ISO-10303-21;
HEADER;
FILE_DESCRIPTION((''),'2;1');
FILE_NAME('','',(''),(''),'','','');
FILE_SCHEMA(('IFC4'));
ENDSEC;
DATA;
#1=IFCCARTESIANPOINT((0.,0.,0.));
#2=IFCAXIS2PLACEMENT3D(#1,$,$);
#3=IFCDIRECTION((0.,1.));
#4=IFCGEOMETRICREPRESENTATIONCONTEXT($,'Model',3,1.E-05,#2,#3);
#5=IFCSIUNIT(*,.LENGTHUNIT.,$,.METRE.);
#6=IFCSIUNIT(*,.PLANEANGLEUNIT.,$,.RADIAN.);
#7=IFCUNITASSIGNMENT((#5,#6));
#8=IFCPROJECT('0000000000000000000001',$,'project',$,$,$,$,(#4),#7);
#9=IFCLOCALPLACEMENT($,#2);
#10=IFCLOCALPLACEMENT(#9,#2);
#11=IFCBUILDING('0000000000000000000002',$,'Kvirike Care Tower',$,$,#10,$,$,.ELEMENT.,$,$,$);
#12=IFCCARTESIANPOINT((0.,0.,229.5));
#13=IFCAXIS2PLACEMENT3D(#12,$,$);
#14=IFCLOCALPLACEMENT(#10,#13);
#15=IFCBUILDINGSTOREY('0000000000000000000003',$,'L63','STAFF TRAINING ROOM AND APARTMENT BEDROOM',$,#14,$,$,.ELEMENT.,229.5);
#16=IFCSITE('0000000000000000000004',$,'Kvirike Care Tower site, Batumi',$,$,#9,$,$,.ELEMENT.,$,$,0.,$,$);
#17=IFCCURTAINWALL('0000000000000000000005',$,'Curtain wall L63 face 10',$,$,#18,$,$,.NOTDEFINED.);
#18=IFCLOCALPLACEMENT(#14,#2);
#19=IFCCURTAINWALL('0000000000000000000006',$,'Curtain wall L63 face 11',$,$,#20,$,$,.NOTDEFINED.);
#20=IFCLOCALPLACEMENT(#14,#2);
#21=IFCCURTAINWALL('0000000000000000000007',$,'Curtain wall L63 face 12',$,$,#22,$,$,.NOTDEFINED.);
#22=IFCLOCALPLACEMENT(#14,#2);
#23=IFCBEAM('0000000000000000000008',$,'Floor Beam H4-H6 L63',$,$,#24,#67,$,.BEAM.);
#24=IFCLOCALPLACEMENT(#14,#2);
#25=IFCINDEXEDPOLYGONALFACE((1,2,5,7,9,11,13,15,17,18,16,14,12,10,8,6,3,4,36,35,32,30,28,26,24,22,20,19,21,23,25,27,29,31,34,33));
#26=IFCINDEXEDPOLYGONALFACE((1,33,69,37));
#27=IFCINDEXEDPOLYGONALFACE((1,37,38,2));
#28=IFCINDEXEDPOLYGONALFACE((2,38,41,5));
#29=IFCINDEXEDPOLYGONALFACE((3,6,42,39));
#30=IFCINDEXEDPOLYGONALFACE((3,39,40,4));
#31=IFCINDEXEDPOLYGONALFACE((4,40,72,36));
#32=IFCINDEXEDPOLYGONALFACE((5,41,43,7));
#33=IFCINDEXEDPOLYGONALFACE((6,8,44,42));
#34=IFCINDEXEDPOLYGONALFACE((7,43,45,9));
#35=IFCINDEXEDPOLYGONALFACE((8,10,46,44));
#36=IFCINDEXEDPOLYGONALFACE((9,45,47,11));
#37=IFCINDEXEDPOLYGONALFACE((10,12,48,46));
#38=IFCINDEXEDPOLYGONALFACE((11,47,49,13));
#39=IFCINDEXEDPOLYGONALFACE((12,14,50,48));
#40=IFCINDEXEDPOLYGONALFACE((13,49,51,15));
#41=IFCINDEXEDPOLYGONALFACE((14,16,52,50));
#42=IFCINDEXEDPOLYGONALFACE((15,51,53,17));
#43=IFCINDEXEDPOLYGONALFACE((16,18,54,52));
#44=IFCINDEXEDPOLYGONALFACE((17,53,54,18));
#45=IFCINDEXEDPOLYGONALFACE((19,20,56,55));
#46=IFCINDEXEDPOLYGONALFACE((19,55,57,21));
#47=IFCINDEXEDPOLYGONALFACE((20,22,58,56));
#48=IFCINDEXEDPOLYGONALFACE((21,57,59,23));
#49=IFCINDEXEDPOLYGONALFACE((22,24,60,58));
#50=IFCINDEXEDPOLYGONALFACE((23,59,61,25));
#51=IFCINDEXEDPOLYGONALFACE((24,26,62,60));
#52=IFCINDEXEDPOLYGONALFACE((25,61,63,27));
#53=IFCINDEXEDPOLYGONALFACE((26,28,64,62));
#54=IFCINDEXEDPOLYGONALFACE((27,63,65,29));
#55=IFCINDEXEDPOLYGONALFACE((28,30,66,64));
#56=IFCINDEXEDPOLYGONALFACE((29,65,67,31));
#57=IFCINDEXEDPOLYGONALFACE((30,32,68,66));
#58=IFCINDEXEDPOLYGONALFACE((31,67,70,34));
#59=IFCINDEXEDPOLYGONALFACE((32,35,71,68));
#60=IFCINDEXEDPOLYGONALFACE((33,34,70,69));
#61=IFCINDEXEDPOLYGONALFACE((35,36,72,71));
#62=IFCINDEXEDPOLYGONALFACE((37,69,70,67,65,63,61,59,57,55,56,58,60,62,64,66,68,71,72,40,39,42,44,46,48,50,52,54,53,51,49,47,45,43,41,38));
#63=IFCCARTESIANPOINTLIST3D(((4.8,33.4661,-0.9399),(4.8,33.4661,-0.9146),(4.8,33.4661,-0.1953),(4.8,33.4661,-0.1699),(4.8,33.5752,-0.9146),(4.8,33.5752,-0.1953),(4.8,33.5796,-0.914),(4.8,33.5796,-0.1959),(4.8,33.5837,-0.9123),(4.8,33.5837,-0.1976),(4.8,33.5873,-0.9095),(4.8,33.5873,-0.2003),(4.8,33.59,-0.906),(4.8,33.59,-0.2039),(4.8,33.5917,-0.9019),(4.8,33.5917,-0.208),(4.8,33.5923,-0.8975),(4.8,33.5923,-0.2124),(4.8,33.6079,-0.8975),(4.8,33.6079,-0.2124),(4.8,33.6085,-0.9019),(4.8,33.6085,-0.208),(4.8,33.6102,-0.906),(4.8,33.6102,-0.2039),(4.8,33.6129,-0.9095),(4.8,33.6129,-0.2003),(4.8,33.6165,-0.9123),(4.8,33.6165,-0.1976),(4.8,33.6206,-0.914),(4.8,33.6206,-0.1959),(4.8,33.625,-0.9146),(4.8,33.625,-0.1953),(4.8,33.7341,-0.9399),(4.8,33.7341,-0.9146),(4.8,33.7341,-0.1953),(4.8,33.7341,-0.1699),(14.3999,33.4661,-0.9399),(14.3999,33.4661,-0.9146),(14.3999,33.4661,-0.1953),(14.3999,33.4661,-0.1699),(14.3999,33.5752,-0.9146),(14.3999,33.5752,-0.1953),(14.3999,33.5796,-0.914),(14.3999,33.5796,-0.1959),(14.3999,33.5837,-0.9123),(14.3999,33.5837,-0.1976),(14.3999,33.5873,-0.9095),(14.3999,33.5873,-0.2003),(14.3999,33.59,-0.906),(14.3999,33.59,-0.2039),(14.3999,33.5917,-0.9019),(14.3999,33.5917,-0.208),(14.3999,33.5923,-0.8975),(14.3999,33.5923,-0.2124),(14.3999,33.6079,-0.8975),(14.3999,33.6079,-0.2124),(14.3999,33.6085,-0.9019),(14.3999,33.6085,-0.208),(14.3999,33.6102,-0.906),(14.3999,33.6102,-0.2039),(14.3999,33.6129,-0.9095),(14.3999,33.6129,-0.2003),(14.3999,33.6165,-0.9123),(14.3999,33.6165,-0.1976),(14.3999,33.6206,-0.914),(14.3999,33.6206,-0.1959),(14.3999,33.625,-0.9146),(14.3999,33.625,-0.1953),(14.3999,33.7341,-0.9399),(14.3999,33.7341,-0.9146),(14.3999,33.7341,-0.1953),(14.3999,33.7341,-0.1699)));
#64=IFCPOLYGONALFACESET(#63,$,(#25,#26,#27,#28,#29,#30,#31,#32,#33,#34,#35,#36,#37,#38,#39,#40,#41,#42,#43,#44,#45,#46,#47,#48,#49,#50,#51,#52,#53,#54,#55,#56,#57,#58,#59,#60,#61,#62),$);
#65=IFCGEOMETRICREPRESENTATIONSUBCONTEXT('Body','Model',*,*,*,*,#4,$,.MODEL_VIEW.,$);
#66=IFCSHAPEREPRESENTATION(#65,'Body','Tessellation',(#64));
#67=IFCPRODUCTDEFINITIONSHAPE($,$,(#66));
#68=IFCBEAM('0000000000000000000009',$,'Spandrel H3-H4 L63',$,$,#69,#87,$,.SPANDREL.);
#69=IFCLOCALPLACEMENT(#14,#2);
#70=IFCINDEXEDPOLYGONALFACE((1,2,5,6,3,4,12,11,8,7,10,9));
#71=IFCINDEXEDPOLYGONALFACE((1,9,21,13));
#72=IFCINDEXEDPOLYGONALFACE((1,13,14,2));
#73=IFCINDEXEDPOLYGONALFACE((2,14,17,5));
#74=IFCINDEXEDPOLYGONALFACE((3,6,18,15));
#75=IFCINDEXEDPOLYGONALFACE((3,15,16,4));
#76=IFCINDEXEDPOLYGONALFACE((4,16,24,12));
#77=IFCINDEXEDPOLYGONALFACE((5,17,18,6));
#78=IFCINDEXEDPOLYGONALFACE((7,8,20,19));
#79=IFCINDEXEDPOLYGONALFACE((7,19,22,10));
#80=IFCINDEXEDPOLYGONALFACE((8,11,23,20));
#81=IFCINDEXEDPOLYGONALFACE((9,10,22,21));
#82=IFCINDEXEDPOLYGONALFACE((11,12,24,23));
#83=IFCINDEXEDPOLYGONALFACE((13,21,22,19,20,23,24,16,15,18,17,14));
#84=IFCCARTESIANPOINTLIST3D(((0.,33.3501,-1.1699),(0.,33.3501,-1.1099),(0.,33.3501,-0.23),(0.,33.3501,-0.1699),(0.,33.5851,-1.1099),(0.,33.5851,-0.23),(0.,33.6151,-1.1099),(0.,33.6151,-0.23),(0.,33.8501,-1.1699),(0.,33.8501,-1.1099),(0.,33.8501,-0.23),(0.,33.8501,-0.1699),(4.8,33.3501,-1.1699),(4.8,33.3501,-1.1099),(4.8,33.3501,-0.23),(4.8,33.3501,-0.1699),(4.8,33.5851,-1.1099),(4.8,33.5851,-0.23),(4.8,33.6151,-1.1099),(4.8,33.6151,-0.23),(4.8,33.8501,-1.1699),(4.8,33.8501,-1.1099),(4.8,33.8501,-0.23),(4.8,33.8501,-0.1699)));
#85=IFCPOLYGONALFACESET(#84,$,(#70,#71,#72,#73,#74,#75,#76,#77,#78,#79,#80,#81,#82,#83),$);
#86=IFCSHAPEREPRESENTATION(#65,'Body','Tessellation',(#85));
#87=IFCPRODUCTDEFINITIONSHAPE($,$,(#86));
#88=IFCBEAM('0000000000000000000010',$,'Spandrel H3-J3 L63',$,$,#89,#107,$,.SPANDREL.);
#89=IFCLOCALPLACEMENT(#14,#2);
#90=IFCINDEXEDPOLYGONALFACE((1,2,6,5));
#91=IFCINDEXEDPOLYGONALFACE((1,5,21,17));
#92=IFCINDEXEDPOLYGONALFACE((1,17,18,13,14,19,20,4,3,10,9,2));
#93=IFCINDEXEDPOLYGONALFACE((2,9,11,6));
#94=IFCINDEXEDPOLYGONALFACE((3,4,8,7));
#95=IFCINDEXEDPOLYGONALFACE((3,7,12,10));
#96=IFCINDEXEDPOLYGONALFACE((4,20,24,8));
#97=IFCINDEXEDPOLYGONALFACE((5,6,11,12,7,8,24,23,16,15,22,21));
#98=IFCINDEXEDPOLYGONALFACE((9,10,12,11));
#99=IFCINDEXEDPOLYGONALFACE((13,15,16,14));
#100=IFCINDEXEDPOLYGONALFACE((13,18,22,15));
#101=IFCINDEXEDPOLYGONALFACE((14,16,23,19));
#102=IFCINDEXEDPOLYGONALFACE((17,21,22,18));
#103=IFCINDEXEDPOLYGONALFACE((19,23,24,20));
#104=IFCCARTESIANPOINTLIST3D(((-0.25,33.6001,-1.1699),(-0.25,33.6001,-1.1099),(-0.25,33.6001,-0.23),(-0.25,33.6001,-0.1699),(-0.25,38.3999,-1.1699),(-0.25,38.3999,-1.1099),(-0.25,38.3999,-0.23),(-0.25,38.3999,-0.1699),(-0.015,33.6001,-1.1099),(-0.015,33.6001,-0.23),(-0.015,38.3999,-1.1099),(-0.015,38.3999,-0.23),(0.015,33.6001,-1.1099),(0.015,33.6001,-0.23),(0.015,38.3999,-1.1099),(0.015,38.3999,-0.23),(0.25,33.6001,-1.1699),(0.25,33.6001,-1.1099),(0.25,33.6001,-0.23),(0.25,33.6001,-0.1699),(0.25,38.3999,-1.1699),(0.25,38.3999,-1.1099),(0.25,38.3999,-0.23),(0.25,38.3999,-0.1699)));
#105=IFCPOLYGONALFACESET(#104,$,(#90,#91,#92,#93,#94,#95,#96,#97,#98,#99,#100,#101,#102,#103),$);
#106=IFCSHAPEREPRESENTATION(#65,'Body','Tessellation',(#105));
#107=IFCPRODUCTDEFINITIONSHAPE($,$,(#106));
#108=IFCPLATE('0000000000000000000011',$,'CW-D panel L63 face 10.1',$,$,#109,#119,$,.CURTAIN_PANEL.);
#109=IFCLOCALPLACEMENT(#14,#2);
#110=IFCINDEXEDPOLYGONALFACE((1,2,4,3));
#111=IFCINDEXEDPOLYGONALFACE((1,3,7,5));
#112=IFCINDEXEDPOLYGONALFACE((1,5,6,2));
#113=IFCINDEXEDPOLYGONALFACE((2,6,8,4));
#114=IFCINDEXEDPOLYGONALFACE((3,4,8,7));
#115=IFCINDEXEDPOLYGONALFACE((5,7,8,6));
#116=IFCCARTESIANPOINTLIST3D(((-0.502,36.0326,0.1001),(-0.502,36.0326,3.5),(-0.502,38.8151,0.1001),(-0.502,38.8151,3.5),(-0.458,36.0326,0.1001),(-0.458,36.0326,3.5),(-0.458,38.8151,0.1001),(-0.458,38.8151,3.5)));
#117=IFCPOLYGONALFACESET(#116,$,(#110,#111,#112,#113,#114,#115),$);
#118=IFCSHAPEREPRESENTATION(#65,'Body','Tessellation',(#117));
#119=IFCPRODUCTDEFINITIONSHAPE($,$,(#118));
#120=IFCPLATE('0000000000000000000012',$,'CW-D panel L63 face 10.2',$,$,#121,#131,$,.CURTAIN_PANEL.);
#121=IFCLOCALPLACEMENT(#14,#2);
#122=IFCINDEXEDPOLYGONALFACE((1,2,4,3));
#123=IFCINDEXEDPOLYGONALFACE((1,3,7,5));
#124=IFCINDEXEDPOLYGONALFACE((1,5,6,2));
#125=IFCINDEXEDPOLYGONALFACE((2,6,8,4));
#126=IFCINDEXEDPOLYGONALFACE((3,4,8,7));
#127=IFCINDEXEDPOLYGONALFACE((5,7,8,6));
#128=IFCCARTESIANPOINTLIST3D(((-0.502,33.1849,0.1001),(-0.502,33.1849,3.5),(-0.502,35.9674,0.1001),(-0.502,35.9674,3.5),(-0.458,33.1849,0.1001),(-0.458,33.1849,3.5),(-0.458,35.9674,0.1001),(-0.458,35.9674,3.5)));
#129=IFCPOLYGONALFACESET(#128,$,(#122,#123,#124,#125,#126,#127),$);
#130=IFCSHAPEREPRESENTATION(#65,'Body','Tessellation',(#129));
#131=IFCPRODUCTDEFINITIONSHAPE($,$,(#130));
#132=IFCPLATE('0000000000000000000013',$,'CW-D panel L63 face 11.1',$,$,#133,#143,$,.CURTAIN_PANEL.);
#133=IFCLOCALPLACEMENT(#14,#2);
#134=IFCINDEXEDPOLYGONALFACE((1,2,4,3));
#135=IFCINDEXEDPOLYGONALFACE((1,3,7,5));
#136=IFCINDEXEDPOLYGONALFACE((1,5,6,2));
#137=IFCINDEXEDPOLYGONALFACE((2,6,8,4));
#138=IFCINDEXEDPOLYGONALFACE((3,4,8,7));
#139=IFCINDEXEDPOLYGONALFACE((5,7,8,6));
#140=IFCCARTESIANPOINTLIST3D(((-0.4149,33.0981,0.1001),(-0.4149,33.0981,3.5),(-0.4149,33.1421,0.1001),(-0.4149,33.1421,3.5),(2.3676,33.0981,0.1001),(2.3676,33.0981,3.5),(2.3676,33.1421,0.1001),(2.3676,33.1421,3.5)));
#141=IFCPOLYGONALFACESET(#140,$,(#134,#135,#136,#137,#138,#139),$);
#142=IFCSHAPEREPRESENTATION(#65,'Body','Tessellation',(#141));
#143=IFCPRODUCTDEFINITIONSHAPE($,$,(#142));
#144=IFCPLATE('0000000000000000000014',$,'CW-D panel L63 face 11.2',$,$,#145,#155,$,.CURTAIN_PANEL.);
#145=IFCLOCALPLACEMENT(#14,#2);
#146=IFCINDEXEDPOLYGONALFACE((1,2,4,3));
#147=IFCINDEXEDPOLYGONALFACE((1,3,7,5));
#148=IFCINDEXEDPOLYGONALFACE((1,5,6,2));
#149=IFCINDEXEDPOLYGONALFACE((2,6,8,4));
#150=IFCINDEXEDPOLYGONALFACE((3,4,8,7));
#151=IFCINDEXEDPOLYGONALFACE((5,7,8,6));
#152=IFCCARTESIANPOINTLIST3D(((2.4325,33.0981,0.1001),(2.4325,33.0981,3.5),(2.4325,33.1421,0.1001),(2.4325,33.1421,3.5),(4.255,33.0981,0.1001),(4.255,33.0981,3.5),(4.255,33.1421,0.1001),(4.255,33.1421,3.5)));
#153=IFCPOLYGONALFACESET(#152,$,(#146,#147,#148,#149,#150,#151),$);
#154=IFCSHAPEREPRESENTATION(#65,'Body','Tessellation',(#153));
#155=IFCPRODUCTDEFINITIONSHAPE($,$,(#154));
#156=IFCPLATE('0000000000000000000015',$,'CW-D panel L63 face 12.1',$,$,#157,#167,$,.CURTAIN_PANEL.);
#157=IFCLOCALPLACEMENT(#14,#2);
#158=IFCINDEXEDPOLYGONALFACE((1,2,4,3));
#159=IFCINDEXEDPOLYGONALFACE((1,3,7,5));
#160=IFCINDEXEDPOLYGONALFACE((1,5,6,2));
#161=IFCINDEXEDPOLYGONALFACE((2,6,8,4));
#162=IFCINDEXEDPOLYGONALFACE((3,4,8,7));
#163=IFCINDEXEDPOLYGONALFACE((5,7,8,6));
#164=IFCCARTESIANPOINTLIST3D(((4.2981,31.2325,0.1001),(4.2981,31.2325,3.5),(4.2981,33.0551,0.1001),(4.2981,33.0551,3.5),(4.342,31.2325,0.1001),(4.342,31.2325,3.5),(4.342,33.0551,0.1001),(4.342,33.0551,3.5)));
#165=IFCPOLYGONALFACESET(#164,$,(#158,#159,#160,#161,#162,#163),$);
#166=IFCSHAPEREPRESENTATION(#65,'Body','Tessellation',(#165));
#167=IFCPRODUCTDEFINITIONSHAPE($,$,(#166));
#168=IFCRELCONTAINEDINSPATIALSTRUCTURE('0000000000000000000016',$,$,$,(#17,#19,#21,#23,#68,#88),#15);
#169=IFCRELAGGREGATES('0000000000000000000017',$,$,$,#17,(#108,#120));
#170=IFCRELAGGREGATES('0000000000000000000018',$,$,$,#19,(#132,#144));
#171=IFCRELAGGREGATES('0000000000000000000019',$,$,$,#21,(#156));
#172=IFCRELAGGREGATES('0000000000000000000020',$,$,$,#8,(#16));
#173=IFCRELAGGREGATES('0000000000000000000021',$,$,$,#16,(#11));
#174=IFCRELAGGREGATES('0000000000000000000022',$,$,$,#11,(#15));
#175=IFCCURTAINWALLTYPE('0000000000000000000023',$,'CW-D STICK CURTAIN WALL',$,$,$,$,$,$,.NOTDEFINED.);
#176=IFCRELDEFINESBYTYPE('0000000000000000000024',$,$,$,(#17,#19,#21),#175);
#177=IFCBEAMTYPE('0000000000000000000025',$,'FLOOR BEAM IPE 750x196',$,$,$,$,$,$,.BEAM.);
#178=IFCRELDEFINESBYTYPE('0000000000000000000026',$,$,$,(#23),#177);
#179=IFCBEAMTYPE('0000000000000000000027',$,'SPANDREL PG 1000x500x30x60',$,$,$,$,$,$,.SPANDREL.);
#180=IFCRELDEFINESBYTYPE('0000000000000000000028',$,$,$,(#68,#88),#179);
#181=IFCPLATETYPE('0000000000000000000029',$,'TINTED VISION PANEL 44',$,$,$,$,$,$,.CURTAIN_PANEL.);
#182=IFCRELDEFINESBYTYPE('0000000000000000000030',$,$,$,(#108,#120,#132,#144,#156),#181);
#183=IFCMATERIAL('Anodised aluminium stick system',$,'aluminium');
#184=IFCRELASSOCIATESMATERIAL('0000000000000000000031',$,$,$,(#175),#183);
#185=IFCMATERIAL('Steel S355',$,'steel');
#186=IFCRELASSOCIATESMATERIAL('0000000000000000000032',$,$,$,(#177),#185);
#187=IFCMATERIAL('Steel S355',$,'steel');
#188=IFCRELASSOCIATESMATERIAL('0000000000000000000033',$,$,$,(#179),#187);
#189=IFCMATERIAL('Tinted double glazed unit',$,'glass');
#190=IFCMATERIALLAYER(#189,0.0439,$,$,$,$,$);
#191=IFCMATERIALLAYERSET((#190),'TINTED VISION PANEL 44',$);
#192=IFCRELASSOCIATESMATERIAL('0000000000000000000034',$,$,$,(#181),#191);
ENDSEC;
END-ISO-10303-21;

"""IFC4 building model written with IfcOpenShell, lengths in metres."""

from ifc_helpers import new_model, si_unit, direction, frame, origin, origin_2d, place, context, subcontext, project, spatial, rectangle, i_section, extrude, material, layer, layer_set, material_profile, profile_set, type_object, element, aggregate, save


model = new_model("IFC4")

# Units and contexts
model_context = context("Model", 3, precision=1e-05, world=origin(), true_north=direction((0.0, 1.0)))
body_context = subcontext(model_context, "Body", "Model", "MODEL_VIEW")
ifc_project = project(units=[si_unit("LENGTHUNIT", "METRE"), si_unit("PLANEANGLEUNIT", "RADIAN")], contexts=[model_context])

# Site, building, storey
site_placement = place(None, origin())
site = spatial("IfcSite", under=ifc_project, at=site_placement, Name="Kvirike Care Tower site, Batumi", CompositionType="ELEMENT", RefElevation=0.0)
building_placement = place(site_placement, origin())
building = spatial("IfcBuilding", under=site, at=building_placement, Name="Kvirike Care Tower", CompositionType="ELEMENT")
storey_placement = place(building_placement, frame((0.0, 0.0, 229.5)))
storey = spatial("IfcBuildingStorey", under=building, at=storey_placement, Name="L63", Description="STAFF TRAINING ROOM AND APARTMENT BEDROOM", CompositionType="ELEMENT", Elevation=229.5)

# Curtain walls
ifc_material_1 = material(Name="Anodised aluminium stick system", Category="aluminium")
curtain_wall_type = type_object("IfcCurtainWallType", Name="CW-D STICK CURTAIN WALL", PredefinedType="NOTDEFINED", material=ifc_material_1)
curtain_wall_1_placement = place(storey_placement, origin())
curtain_wall_1 = element("IfcCurtainWall", 1, at=curtain_wall_1_placement, inside=storey, type_object=curtain_wall_type, Name="Curtain wall L63 face 10", PredefinedType="NOTDEFINED")
curtain_wall_2_placement = place(storey_placement, origin())
curtain_wall_2 = element("IfcCurtainWall", 2, at=curtain_wall_2_placement, inside=storey, type_object=curtain_wall_type, Name="Curtain wall L63 face 11", PredefinedType="NOTDEFINED")

# Curtain wall
curtain_wall_3_placement = place(storey_placement, origin())
curtain_wall_3 = element("IfcCurtainWall", 3, at=curtain_wall_3_placement, inside=storey, type_object=curtain_wall_type, Name="Curtain wall L63 face 12", PredefinedType="NOTDEFINED")

# Beams
ifc_material_2 = material(Name="Steel S355", Category="steel")
ifc_material_profile_1 = material_profile(ifc_material_2, i_section(OverallWidth=0.2681, OverallDepth=0.77, WebThickness=0.0156, FlangeThickness=0.0254, FilletRadius=0.0171, at=origin_2d()), Name="IPE 750x196")
ifc_profile_set_1 = profile_set([ifc_material_profile_1], Name="Steel S355")
beam_type_1 = type_object("IfcBeamType", Name="FLOOR BEAM IPE 750x196", PredefinedType="BEAM", material=ifc_profile_set_1)
beam_1_placement = place(storey_placement, frame((4.8, 33.6001, -0.5549), z_axis=(1.0, 0.0, 0.0), x_axis=(0.0, 1.0, 0.0)))
element("IfcBeam", 4, at=beam_1_placement, inside=storey, type_object=beam_type_1, Name="Floor Beam H4-H6 L63", PredefinedType="BEAM", context=body_context, shape_type="SweptSolid", body=[
    extrude(i_section(OverallWidth=0.2681, OverallDepth=0.77, WebThickness=0.0156, FlangeThickness=0.0254, FilletRadius=0.0171, at=origin_2d()), origin(), (0.0, 0.0, 1.0), 9.5999),
])
ifc_material_3 = material(Name="Steel S355", Category="steel")
ifc_material_profile_2 = material_profile(ifc_material_3, i_section(OverallWidth=0.5, OverallDepth=1.0, WebThickness=0.03, FlangeThickness=0.0601, at=origin_2d()), Name="PG 1000x500x30x60")
ifc_profile_set_2 = profile_set([ifc_material_profile_2], Name="Steel S355")
beam_type_2 = type_object("IfcBeamType", Name="SPANDREL PG 1000x500x30x60", PredefinedType="SPANDREL", material=ifc_profile_set_2)
beam_2_placement = place(storey_placement, frame((0.0, 33.6001, -0.6699), z_axis=(1.0, 0.0, 0.0), x_axis=(0.0, 1.0, 0.0)))
element("IfcBeam", 5, at=beam_2_placement, inside=storey, type_object=beam_type_2, Name="Spandrel H3-H4 L63", PredefinedType="SPANDREL", context=body_context, shape_type="SweptSolid", body=[
    extrude(i_section(OverallWidth=0.5, OverallDepth=1.0, WebThickness=0.03, FlangeThickness=0.0601, at=origin_2d()), origin(), (0.0, 0.0, 1.0), 4.8),
])
beam_3_placement = place(storey_placement, frame((0.0, 33.6001, -0.6699), z_axis=(0.0, 1.0, 0.0), x_axis=(-1.0, 0.0, 0.0)))
element("IfcBeam", 6, at=beam_3_placement, inside=storey, type_object=beam_type_2, Name="Spandrel H3-J3 L63", PredefinedType="SPANDREL", context=body_context, shape_type="SweptSolid", body=[
    extrude(i_section(OverallWidth=0.5, OverallDepth=1.0, WebThickness=0.03, FlangeThickness=0.0601, at=origin_2d()), origin(), (0.0, 0.0, 1.0), 4.7998),
])

# Plates
ifc_material_4 = material(Name="Tinted double glazed unit", Category="glass")
ifc_layer_1 = layer(ifc_material_4, 0.0439)
ifc_layer_set_1 = layer_set([ifc_layer_1], Name="TINTED VISION PANEL 44")
plate_type = type_object("IfcPlateType", Name="TINTED VISION PANEL 44", PredefinedType="CURTAIN_PANEL", material=ifc_layer_set_1)
plate_1_placement = place(storey_placement, frame((-0.48, 37.4238, 0.1001), z_axis=(0.0, 0.0, 1.0), x_axis=(0.0, -1.0, 0.0)))
plate_1 = element("IfcPlate", 7, at=plate_1_placement, type_object=plate_type, Name="CW-D panel L63 face 10.1", PredefinedType="CURTAIN_PANEL", context=body_context, shape_type="SweptSolid", body=[
    extrude(rectangle(XDim=2.7825, YDim=0.0439, at=origin_2d()), origin(), (0.0, 0.0, 1.0), 3.3999),
])
plate_2_placement = place(storey_placement, frame((-0.48, 34.5762, 0.1001), z_axis=(0.0, 0.0, 1.0), x_axis=(0.0, -1.0, 0.0)))
plate_2 = element("IfcPlate", 8, at=plate_2_placement, type_object=plate_type, Name="CW-D panel L63 face 10.2", PredefinedType="CURTAIN_PANEL", context=body_context, shape_type="SweptSolid", body=[
    extrude(rectangle(XDim=2.7825, YDim=0.0439, at=origin_2d()), origin(), (0.0, 0.0, 1.0), 3.3999),
])
aggregate(curtain_wall_1, [plate_1, plate_2])
plate_3_placement = place(storey_placement, frame((0.9763, 33.1201, 0.1001), z_axis=(0.0, 0.0, 1.0), x_axis=(1.0, 0.0, 0.0)))
plate_3 = element("IfcPlate", 9, at=plate_3_placement, type_object=plate_type, Name="CW-D panel L63 face 11.1", PredefinedType="CURTAIN_PANEL", context=body_context, shape_type="SweptSolid", body=[
    extrude(rectangle(XDim=2.7825, YDim=0.0439, at=origin_2d()), origin(), (0.0, 0.0, 1.0), 3.3999),
])
plate_4_placement = place(storey_placement, frame((3.3438, 33.1201, 0.1001), z_axis=(0.0, 0.0, 1.0), x_axis=(1.0, 0.0, 0.0)))
plate_4 = element("IfcPlate", 10, at=plate_4_placement, type_object=plate_type, Name="CW-D panel L63 face 11.2", PredefinedType="CURTAIN_PANEL", context=body_context, shape_type="SweptSolid", body=[
    extrude(rectangle(XDim=1.8225, YDim=0.0439, at=origin_2d()), origin(), (0.0, 0.0, 1.0), 3.3999),
])
aggregate(curtain_wall_2, [plate_3, plate_4])
plate_5_placement = place(storey_placement, frame((4.3201, 32.1438, 0.1001), z_axis=(0.0, 0.0, 1.0), x_axis=(0.0, -1.0, 0.0)))
plate_5 = element("IfcPlate", 11, at=plate_5_placement, type_object=plate_type, Name="CW-D panel L63 face 12.1", PredefinedType="CURTAIN_PANEL", context=body_context, shape_type="SweptSolid", body=[
    extrude(rectangle(XDim=1.8225, YDim=0.0439, at=origin_2d()), origin(), (0.0, 0.0, 1.0), 3.3999),
])
aggregate(curtain_wall_3, [plate_5])

save(model, "model.ifc")
